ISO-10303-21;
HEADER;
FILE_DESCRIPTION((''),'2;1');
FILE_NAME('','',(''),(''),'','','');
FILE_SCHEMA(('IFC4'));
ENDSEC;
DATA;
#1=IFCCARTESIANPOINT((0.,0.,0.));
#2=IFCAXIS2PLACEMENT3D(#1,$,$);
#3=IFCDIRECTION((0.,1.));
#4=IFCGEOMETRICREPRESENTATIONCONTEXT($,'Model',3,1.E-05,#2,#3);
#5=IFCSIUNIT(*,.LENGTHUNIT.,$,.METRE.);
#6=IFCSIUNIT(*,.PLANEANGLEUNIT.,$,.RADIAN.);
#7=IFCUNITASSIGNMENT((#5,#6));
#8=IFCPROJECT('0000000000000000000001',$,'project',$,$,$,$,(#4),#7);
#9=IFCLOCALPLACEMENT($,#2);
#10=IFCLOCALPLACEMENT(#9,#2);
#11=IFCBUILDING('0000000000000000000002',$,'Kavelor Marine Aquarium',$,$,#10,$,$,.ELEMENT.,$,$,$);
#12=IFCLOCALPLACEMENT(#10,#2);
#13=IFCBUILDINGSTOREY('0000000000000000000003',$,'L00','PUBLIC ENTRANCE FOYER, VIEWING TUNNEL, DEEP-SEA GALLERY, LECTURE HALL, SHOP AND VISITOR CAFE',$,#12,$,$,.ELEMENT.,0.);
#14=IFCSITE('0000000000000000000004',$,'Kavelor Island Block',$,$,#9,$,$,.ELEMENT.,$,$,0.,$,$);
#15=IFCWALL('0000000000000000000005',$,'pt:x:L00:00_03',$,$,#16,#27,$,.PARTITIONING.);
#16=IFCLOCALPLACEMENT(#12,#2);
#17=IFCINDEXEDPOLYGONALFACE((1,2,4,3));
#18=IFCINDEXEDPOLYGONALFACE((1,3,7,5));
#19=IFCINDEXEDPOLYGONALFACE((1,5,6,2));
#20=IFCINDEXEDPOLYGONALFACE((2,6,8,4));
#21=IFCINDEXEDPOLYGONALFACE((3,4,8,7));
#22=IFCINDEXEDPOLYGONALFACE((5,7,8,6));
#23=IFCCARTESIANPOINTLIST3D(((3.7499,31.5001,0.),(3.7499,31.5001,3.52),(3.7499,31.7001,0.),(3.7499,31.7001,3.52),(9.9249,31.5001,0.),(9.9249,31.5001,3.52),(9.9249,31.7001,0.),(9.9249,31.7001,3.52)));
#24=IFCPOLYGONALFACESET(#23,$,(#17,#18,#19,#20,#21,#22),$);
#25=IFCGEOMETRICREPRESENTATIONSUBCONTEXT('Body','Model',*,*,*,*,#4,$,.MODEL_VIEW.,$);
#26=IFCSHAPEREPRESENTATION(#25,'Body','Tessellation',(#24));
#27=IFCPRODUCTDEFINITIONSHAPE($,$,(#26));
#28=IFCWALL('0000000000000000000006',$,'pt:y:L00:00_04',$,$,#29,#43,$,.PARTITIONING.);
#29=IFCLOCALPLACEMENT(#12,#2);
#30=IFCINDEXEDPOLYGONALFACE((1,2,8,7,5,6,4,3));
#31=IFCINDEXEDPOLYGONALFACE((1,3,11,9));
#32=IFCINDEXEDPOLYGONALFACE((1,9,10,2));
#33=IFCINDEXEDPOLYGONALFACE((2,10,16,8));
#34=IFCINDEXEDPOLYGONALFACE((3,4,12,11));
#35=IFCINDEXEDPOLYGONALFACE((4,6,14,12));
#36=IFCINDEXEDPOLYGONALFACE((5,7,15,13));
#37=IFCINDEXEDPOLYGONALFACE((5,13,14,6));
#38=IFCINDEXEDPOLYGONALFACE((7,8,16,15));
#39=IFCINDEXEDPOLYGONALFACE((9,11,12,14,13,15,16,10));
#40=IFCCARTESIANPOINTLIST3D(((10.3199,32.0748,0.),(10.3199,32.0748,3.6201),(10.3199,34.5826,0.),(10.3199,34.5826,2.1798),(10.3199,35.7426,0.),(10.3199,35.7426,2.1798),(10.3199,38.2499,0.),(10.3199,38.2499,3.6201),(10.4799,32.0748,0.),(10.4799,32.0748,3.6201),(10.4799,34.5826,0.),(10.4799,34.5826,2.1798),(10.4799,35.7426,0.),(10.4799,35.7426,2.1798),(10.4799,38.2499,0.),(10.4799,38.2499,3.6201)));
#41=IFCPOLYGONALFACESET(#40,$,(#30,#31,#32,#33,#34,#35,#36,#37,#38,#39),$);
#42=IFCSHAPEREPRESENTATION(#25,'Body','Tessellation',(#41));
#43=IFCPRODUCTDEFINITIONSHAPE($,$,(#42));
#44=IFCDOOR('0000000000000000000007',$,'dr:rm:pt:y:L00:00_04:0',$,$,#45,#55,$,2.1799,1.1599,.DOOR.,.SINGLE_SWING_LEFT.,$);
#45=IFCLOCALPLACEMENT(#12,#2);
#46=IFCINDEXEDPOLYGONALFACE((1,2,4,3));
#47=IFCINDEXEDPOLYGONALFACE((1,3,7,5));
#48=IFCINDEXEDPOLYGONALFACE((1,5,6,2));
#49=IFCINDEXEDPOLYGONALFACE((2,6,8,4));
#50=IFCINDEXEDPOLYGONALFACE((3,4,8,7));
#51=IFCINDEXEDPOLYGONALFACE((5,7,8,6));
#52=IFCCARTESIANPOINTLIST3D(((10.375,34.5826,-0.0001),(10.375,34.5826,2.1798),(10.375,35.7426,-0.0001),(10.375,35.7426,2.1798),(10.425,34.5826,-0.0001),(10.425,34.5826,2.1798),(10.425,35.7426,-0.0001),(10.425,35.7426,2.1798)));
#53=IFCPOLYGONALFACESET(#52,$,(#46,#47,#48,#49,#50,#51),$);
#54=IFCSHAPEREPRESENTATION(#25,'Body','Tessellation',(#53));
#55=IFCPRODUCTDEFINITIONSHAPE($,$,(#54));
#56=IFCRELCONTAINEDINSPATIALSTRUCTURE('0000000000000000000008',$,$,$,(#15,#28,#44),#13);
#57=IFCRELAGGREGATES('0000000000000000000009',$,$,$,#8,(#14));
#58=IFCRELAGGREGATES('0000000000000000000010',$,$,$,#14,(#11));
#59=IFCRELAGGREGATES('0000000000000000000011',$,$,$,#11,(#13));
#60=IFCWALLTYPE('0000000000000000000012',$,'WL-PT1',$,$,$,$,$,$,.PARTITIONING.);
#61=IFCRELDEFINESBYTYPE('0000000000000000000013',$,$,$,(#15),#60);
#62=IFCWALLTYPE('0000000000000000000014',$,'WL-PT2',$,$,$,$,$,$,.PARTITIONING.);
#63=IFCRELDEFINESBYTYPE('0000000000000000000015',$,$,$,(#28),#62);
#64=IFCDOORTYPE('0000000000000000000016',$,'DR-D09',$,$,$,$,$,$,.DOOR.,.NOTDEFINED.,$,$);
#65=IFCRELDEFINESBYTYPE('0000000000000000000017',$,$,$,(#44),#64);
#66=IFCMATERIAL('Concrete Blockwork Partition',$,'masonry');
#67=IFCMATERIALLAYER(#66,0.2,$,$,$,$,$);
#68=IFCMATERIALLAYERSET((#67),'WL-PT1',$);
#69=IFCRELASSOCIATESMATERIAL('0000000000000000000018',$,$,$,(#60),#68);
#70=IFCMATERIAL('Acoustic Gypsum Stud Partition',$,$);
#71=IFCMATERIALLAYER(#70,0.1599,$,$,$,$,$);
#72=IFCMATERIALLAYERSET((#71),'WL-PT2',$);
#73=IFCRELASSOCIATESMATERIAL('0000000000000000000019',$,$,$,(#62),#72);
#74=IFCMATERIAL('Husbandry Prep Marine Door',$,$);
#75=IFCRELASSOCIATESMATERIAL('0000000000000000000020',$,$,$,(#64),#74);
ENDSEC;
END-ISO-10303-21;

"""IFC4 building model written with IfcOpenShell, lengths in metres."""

from ifc_helpers import new_model, si_unit, direction, frame, frame_2d, origin, place, context, subcontext, project, spatial, rectangle, extrude, material, layer, layer_set, type_object, element, fill, save


model = new_model("IFC4")

# Units and contexts
model_context = context("Model", 3, precision=1e-05, world=origin(), true_north=direction((0.0, 1.0)))
body_context = subcontext(model_context, "Body", "Model", "MODEL_VIEW")
ifc_project = project(units=[si_unit("LENGTHUNIT", "METRE"), si_unit("PLANEANGLEUNIT", "RADIAN")], contexts=[model_context])

# Site, building, storey
site_placement = place(None, origin())
site = spatial("IfcSite", under=ifc_project, at=site_placement, Name="Kavelor Island Block", CompositionType="ELEMENT", RefElevation=0.0)
building_placement = place(site_placement, origin())
building = spatial("IfcBuilding", under=site, at=building_placement, Name="Kavelor Marine Aquarium", CompositionType="ELEMENT")
storey_placement = place(building_placement, origin())
storey = spatial("IfcBuildingStorey", under=building, at=storey_placement, Name="L00", Description="PUBLIC ENTRANCE FOYER, VIEWING TUNNEL, DEEP-SEA GALLERY, LECTURE HALL, SHOP AND VISITOR CAFE", CompositionType="ELEMENT", Elevation=0.0)

# Wall
ifc_material_1 = material(Name="Concrete Blockwork Partition", Category="masonry")
ifc_layer_1 = layer(ifc_material_1, 0.2)
ifc_layer_set_1 = layer_set([ifc_layer_1], Name="WL-PT1")
wall_type_1 = type_object("IfcWallType", Name="WL-PT1", PredefinedType="PARTITIONING", material=ifc_layer_set_1)
wall_1_placement = place(storey_placement, frame((3.75, 31.6001, 0.0), z_axis=(0.0, 0.0, 1.0), x_axis=(1.0, 0.0, 0.0)))
element("IfcWall", 1, at=wall_1_placement, inside=storey, type_object=wall_type_1, Name="pt:x:L00:00_03", PredefinedType="PARTITIONING", context=body_context, shape_type="SweptSolid", body=[
    extrude(rectangle(XDim=6.175, YDim=0.2, at=frame_2d((3.0874, 0.0))), origin(), (0.0, 0.0, 1.0), 3.52),
])

# Wall, opening, door
ifc_material_2 = material(Name="Acoustic Gypsum Stud Partition")
ifc_layer_2 = layer(ifc_material_2, 0.1599)
ifc_layer_set_2 = layer_set([ifc_layer_2], Name="WL-PT2")
wall_type_2 = type_object("IfcWallType", Name="WL-PT2", PredefinedType="PARTITIONING", material=ifc_layer_set_2)
wall_2_placement = place(storey_placement, frame((10.3999, 32.075, 0.0), z_axis=(0.0, 0.0, 1.0), x_axis=(0.0, 1.0, 0.0)))
wall_2 = element("IfcWall", 2, at=wall_2_placement, inside=storey, type_object=wall_type_2, Name="pt:y:L00:00_04", PredefinedType="PARTITIONING", context=body_context, shape_type="SweptSolid", body=[
    extrude(rectangle(XDim=6.175, YDim=0.1599, at=frame_2d((3.0874, 0.0))), origin(), (0.0, 0.0, 1.0), 3.6201),
])
opening_1_placement = place(wall_2_placement, frame((2.5076, 0.0, 0.0)))
opening_1 = element("IfcOpeningElement", 3, at=opening_1_placement, cuts=wall_2, PredefinedType="OPENING", context=body_context, shape_type="SweptSolid", body=[
    extrude(rectangle(XDim=1.1599, YDim=2.1799, at=frame_2d((0.5801, 1.0898))), frame((0.0, 0.0898, 0.0), z_axis=(0.0, -1.0, 0.0), x_axis=(1.0, 0.0, 0.0)), (0.0, 0.0, 1.0), 0.1799),
])
ifc_material_3 = material(Name="Husbandry Prep Marine Door")
door_type = type_object("IfcDoorType", Name="DR-D09", OperationType="NOTDEFINED", PredefinedType="DOOR", material=ifc_material_3)
door_placement = place(opening_1_placement, origin())
door = element("IfcDoor", 4, at=door_placement, inside=storey, type_object=door_type, Name="dr:rm:pt:y:L00:00_04:0", OperationType="SINGLE_SWING_LEFT", OverallHeight=2.1799, OverallWidth=1.1599, PredefinedType="DOOR", context=body_context, shape_type="SweptSolid", body=[
    extrude(rectangle(XDim=1.1599, YDim=2.1799, at=frame_2d((0.5801, 1.0898))), frame((0.0, 0.0249, 0.0), z_axis=(0.0, -1.0, 0.0), x_axis=(1.0, 0.0, 0.0)), (0.0, 0.0, 1.0), 0.05),
])
fill(opening_1, door)

save(model, "model.ifc")
